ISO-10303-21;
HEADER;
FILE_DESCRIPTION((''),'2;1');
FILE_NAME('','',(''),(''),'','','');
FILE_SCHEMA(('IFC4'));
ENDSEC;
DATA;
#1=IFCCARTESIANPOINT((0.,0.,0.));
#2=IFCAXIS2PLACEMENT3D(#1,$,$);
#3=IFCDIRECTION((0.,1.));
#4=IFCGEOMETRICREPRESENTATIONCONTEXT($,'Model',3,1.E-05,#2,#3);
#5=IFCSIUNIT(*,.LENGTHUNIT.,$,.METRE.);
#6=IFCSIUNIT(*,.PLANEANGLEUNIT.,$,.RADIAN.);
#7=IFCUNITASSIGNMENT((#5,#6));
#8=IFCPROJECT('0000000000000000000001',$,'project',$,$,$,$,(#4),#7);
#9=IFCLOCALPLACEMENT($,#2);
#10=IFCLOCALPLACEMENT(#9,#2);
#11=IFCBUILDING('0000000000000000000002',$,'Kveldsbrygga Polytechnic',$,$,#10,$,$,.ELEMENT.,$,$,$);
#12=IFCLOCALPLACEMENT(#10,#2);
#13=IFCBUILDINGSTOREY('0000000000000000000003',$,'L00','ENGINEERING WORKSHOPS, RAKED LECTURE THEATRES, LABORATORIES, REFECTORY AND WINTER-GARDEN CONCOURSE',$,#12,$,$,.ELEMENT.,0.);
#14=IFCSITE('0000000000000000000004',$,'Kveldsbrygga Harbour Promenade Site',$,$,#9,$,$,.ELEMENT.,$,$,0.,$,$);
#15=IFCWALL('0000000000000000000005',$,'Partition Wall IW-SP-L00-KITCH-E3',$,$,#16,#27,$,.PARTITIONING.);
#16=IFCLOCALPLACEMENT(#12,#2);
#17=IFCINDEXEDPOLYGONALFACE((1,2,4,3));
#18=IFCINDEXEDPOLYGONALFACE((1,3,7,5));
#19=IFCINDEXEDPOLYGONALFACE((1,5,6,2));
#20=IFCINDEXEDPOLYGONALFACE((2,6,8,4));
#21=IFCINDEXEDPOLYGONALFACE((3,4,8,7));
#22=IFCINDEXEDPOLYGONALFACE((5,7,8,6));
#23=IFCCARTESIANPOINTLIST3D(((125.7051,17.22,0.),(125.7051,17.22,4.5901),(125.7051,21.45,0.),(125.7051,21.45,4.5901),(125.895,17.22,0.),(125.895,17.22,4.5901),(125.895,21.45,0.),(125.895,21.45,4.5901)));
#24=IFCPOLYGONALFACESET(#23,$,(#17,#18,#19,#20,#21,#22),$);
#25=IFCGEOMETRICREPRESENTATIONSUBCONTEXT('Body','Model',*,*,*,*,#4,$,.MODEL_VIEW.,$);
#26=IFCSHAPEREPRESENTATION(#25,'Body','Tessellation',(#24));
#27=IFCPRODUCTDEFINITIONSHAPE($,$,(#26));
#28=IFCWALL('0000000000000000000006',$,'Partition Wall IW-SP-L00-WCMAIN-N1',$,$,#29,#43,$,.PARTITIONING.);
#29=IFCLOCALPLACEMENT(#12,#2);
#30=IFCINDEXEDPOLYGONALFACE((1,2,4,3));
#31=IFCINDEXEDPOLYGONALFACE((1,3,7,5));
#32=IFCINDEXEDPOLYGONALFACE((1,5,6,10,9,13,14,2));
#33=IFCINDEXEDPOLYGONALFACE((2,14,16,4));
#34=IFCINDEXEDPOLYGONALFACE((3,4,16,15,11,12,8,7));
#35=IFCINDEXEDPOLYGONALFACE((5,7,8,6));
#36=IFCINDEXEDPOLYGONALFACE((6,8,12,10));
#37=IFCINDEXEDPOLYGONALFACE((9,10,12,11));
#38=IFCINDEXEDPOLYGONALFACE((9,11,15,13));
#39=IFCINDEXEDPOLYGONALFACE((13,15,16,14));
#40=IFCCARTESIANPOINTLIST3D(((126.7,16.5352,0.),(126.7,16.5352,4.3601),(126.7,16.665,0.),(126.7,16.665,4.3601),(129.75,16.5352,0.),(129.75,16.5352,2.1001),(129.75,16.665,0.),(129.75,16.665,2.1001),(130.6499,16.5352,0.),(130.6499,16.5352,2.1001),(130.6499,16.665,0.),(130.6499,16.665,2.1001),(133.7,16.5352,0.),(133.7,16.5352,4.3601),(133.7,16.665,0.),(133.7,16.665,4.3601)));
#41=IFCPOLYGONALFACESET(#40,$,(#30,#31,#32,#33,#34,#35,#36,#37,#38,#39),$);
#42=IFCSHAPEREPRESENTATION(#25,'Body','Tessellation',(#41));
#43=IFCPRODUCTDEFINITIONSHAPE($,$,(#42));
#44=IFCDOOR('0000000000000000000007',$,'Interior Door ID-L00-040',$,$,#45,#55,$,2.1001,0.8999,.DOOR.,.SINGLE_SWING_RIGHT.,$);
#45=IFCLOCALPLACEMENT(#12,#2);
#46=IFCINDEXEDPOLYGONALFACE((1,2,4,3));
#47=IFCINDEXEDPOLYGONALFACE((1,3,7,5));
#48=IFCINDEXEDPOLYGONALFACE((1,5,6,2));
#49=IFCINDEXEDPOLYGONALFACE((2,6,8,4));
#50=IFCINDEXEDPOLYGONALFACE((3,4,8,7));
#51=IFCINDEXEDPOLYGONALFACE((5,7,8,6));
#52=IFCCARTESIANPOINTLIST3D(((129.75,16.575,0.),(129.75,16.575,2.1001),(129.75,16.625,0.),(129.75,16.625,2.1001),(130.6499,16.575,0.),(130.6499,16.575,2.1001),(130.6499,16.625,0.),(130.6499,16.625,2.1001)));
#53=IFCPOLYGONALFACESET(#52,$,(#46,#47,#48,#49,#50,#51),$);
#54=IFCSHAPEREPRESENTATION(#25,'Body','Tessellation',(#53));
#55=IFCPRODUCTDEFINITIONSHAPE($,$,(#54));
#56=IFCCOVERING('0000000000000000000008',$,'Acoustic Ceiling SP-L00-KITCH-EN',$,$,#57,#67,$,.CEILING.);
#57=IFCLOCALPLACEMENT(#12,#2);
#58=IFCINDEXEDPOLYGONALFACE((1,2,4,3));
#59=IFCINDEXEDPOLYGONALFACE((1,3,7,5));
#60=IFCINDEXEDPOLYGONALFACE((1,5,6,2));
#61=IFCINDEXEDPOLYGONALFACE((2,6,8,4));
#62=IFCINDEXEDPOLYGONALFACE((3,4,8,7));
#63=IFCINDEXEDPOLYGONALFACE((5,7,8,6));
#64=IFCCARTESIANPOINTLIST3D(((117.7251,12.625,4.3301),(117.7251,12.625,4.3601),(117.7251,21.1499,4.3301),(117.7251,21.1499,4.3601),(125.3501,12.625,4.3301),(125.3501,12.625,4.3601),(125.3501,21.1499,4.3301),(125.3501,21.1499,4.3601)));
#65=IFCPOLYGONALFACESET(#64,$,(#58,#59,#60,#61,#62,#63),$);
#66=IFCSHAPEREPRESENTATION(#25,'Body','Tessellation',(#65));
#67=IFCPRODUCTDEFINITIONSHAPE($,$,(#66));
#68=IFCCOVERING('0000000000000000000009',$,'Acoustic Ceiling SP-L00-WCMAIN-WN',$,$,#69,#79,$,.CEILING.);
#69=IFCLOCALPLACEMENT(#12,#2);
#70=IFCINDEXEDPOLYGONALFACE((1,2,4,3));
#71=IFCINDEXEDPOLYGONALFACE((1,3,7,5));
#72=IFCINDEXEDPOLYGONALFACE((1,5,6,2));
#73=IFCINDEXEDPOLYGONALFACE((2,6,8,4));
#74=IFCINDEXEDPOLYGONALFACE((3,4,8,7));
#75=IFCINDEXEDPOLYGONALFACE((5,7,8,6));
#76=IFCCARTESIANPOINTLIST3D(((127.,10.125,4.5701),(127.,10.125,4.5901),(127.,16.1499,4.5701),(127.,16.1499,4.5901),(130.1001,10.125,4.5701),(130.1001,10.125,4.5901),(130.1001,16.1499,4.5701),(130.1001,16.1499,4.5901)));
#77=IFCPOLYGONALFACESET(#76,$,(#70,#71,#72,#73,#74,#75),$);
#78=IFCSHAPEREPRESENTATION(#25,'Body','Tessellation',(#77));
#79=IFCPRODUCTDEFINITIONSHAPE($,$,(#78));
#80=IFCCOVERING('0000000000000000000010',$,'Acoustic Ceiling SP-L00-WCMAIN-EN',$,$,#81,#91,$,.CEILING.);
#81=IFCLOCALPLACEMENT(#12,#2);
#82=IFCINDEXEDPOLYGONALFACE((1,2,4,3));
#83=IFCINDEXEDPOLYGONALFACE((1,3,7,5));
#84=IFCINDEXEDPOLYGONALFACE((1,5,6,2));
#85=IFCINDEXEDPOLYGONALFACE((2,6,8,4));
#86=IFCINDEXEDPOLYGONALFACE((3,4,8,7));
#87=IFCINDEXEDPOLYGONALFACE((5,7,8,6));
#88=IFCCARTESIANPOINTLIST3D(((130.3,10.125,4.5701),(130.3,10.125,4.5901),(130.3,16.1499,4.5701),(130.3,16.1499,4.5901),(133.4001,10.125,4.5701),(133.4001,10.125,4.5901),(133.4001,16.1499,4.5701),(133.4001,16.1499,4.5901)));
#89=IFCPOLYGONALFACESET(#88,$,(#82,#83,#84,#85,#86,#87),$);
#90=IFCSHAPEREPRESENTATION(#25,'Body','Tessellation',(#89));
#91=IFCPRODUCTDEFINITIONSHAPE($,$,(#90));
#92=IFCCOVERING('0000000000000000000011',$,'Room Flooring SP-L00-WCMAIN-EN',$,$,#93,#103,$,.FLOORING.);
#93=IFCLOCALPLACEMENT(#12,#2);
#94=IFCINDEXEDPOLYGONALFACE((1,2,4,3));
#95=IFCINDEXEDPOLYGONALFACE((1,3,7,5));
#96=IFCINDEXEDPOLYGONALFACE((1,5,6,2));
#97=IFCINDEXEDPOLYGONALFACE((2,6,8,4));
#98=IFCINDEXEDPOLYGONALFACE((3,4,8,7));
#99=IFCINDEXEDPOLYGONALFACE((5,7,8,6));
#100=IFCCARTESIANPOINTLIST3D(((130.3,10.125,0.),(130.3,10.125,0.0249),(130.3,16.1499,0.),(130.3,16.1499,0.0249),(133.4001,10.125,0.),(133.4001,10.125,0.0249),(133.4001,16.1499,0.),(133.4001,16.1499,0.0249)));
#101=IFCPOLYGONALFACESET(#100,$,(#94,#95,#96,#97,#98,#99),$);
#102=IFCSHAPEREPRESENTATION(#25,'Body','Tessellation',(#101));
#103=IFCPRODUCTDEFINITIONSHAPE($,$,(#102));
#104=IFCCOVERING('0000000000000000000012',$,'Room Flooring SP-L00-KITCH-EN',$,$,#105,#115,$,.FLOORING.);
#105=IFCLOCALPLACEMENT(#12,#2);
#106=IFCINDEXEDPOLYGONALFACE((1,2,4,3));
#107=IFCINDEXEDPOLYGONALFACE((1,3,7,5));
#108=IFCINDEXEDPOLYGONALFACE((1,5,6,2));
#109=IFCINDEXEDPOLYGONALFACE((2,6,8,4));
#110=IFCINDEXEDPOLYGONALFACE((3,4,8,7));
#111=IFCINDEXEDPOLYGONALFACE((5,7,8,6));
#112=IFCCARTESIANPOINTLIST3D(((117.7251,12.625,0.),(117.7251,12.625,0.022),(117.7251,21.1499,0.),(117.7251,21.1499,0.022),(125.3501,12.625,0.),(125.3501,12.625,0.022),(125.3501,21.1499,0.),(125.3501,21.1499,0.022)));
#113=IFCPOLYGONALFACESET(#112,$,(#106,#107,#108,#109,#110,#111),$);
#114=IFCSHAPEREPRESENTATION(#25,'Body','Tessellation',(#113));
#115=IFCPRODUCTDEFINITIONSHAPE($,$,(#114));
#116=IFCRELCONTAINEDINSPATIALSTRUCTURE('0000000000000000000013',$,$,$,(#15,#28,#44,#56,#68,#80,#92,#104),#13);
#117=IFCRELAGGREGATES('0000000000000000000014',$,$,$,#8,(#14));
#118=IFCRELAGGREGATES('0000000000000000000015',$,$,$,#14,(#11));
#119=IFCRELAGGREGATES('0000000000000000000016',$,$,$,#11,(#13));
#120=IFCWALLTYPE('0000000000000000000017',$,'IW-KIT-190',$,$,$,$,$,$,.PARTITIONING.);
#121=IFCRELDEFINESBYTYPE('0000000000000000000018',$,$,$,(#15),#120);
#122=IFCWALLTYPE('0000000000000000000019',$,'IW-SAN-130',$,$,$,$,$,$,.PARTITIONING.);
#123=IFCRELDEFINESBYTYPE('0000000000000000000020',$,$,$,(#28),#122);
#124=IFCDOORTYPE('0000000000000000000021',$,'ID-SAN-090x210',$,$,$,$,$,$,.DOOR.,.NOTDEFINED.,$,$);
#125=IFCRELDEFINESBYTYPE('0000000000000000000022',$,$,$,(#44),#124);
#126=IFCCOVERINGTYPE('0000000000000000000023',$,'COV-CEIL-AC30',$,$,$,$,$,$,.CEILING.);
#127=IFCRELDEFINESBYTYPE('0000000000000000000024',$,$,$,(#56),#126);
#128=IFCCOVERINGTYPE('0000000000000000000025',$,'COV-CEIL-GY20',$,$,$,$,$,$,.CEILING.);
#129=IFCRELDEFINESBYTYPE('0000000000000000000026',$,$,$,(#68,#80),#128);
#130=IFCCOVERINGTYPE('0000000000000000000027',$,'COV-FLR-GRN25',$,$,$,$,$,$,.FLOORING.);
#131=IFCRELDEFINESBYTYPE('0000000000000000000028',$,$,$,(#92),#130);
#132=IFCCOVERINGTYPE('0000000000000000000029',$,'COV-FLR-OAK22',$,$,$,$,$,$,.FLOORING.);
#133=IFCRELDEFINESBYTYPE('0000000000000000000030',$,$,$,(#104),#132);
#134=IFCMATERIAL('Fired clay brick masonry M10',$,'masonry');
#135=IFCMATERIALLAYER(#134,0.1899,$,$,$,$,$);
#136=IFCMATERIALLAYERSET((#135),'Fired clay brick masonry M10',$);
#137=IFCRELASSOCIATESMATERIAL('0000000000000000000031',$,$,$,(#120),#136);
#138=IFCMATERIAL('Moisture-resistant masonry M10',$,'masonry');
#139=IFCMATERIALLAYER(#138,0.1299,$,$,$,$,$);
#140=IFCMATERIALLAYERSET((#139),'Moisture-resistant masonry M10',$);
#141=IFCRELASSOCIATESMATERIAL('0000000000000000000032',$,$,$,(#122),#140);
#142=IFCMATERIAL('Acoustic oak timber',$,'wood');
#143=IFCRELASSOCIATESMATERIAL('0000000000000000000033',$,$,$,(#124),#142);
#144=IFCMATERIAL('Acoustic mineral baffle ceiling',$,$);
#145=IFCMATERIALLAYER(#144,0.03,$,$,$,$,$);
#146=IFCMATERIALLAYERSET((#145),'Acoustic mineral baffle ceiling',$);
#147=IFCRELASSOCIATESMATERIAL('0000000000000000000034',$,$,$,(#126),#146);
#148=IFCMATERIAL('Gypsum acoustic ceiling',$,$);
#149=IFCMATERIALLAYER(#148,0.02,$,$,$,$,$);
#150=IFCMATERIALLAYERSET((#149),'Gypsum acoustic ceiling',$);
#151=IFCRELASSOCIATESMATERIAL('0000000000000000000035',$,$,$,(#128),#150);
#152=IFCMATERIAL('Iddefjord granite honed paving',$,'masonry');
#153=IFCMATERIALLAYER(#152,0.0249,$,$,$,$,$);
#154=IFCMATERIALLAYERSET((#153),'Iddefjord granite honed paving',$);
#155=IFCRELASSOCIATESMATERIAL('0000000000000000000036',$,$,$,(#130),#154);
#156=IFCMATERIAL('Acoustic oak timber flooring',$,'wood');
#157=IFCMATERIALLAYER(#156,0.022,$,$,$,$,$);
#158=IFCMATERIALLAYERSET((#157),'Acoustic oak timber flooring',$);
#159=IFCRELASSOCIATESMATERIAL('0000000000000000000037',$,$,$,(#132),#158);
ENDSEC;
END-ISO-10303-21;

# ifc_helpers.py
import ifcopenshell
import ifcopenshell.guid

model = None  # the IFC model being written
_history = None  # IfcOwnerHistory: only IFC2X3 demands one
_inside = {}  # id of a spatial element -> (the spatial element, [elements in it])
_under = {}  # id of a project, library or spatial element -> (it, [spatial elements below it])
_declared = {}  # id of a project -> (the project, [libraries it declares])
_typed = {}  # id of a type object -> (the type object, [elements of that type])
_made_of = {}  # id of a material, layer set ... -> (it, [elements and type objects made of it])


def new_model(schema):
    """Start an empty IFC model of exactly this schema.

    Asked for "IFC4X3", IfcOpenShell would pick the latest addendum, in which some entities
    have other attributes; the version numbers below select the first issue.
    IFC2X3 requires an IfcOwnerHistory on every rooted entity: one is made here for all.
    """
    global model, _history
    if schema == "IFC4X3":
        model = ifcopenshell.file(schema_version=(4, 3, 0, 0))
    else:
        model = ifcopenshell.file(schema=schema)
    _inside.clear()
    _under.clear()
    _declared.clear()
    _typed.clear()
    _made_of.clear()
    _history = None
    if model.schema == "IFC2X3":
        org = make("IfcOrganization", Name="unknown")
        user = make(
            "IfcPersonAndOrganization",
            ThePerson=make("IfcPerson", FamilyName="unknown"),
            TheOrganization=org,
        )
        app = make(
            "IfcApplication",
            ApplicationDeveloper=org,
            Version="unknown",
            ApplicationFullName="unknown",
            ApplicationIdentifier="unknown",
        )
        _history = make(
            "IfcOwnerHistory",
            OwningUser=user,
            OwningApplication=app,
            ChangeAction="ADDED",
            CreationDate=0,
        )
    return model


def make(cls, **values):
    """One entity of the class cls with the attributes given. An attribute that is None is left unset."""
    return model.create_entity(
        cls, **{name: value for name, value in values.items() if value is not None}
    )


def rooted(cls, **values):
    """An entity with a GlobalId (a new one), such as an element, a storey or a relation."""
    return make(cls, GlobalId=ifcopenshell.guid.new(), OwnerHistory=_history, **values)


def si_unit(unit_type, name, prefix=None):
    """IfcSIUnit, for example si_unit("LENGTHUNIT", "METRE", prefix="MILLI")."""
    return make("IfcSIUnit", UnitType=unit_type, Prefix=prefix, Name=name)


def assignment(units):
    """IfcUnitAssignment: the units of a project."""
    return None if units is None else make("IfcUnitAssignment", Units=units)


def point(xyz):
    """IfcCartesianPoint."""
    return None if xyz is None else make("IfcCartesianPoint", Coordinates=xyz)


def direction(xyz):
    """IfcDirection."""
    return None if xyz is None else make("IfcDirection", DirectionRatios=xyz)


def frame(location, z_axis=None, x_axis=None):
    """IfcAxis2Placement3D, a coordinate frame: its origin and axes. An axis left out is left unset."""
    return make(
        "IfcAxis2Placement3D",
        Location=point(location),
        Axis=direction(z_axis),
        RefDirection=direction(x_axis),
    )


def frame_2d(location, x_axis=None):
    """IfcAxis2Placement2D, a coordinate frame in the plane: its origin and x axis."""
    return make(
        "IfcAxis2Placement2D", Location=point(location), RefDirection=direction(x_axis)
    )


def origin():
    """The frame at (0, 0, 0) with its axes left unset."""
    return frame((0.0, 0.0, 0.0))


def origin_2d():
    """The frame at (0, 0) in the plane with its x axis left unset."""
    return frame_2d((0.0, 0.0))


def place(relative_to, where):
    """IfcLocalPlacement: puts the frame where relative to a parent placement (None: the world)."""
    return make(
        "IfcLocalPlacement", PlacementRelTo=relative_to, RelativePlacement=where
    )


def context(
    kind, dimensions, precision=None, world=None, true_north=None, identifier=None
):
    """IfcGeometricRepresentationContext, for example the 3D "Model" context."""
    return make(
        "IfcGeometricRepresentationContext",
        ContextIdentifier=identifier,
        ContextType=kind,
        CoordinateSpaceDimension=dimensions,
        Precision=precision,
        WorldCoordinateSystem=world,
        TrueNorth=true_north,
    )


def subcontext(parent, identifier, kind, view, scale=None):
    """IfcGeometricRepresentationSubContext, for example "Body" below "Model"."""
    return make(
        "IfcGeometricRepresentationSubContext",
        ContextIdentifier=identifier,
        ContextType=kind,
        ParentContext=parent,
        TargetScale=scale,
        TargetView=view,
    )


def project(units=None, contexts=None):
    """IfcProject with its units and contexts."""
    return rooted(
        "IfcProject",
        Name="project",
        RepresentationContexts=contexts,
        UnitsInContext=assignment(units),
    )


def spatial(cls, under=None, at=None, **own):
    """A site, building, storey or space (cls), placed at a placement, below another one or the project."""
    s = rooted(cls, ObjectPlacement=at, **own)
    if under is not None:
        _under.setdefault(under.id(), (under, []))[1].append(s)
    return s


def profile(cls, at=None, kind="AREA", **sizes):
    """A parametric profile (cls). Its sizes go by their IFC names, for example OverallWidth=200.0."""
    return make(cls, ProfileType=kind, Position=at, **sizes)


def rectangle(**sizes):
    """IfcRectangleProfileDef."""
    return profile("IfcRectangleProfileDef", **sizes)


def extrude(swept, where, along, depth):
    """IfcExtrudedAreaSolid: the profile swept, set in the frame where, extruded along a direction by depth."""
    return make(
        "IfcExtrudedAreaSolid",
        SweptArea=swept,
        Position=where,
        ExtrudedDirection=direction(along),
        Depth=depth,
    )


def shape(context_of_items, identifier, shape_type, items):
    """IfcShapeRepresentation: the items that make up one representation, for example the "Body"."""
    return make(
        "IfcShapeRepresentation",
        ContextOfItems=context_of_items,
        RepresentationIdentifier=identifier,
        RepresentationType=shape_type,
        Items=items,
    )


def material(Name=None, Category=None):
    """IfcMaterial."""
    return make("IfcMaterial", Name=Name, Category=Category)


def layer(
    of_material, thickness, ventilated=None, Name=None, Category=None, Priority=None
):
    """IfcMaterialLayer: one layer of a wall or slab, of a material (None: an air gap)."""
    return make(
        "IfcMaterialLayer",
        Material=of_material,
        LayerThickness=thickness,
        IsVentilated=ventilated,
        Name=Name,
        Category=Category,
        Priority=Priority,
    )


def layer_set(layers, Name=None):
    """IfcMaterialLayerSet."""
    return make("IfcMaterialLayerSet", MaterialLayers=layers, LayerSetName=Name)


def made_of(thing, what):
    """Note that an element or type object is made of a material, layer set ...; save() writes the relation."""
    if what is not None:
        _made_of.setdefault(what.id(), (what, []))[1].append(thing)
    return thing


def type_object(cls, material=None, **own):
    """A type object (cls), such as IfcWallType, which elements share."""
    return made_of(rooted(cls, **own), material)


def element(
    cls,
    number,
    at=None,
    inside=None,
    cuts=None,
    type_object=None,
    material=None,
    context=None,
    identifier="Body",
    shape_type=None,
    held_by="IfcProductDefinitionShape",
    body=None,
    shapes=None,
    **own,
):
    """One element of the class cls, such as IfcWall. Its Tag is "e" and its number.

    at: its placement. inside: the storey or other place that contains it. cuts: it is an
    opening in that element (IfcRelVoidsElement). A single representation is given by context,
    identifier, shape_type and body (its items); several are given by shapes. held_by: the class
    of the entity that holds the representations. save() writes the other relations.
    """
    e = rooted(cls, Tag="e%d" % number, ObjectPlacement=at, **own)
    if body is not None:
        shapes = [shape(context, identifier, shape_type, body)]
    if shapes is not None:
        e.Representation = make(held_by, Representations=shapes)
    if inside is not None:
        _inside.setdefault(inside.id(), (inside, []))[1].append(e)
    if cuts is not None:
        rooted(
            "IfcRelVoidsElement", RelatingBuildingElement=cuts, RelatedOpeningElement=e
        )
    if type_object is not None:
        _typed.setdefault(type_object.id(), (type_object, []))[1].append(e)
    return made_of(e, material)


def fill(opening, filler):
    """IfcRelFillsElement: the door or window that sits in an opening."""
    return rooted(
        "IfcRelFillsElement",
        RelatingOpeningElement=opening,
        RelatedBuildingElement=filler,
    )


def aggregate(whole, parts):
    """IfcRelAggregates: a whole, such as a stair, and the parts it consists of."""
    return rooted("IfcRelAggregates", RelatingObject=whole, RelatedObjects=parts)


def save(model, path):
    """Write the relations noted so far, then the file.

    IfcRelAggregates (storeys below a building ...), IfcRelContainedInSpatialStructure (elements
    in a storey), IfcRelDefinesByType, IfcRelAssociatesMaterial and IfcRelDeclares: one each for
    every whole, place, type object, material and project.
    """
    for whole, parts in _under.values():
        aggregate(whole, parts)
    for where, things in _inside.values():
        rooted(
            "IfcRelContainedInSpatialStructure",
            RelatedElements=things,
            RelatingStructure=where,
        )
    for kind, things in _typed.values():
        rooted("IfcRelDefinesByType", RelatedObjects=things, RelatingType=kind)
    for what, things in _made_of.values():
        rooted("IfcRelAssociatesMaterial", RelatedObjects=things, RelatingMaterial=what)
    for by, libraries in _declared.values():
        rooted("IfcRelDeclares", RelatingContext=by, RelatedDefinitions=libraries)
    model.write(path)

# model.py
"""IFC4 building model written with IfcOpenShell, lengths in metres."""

from ifc_helpers import new_model, si_unit, direction, frame, frame_2d, origin, origin_2d, place, context, subcontext, project, spatial, rectangle, extrude, material, layer, layer_set, type_object, element, fill, save


model = new_model("IFC4")

# Units and contexts
model_context = context("Model", 3, precision=1e-05, world=origin(), true_north=direction((0.0, 1.0)))
body_context = subcontext(model_context, "Body", "Model", "MODEL_VIEW")
ifc_project = project(units=[si_unit("LENGTHUNIT", "METRE"), si_unit("PLANEANGLEUNIT", "RADIAN")], contexts=[model_context])

# Site, building, storey
site_placement = place(None, origin())
site = spatial("IfcSite", under=ifc_project, at=site_placement, Name="Kveldsbrygga Harbour Promenade Site", CompositionType="ELEMENT", RefElevation=0.0)
building_placement = place(site_placement, origin())
building = spatial("IfcBuilding", under=site, at=building_placement, Name="Kveldsbrygga Polytechnic", CompositionType="ELEMENT")
storey_placement = place(building_placement, origin())
storey = spatial("IfcBuildingStorey", under=building, at=storey_placement, Name="L00", Description="ENGINEERING WORKSHOPS, RAKED LECTURE THEATRES, LABORATORIES, REFECTORY AND WINTER-GARDEN CONCOURSE", CompositionType="ELEMENT", Elevation=0.0)

# Wall
ifc_material_1 = material(Name="Fired clay brick masonry M10", Category="masonry")
ifc_layer_1 = layer(ifc_material_1, 0.1899)
ifc_layer_set_1 = layer_set([ifc_layer_1], Name="Fired clay brick masonry M10")
wall_type_1 = type_object("IfcWallType", Name="IW-KIT-190", PredefinedType="PARTITIONING", material=ifc_layer_set_1)
wall_1_placement = place(storey_placement, frame((125.8, 17.22, 0.0), z_axis=(0.0, 0.0, 1.0), x_axis=(0.0, 1.0, 0.0)))
element("IfcWall", 1, at=wall_1_placement, inside=storey, type_object=wall_type_1, Name="Partition Wall IW-SP-L00-KITCH-E3", PredefinedType="PARTITIONING", context=body_context, shape_type="SweptSolid", body=[
    extrude(rectangle(XDim=4.23, YDim=0.1899, at=frame_2d((2.115, 0.0))), origin(), (0.0, 0.0, 1.0), 4.5901),
])

# Wall, opening, door
ifc_material_2 = material(Name="Moisture-resistant masonry M10", Category="masonry")
ifc_layer_2 = layer(ifc_material_2, 0.1299)
ifc_layer_set_2 = layer_set([ifc_layer_2], Name="Moisture-resistant masonry M10")
wall_type_2 = type_object("IfcWallType", Name="IW-SAN-130", PredefinedType="PARTITIONING", material=ifc_layer_set_2)
wall_2_placement = place(storey_placement, frame((126.7, 16.6001, 0.0), z_axis=(0.0, 0.0, 1.0), x_axis=(1.0, 0.0, 0.0)))
wall_2 = element("IfcWall", 2, at=wall_2_placement, inside=storey, type_object=wall_type_2, Name="Partition Wall IW-SP-L00-WCMAIN-N1", PredefinedType="PARTITIONING", context=body_context, shape_type="SweptSolid", body=[
    extrude(rectangle(XDim=7.0, YDim=0.1299, at=frame_2d((3.5, 0.0))), origin(), (0.0, 0.0, 1.0), 4.3601),
])
opening_placement = place(wall_2_placement, frame((3.05, 0.0, 0.0)))
opening = element("IfcOpeningElement", 3, at=opening_placement, cuts=wall_2, PredefinedType="OPENING", context=body_context, shape_type="SweptSolid", body=[
    extrude(rectangle(XDim=0.8999, YDim=2.1001, at=frame_2d((0.45, 1.05))), frame((0.0, 0.075, 0.0), z_axis=(0.0, -1.0, 0.0), x_axis=(1.0, 0.0, 0.0)), (0.0, 0.0, 1.0), 0.1499),
])
ifc_material_3 = material(Name="Acoustic oak timber", Category="wood")
door_type = type_object("IfcDoorType", Name="ID-SAN-090x210", OperationType="NOTDEFINED", PredefinedType="DOOR", material=ifc_material_3)
door_placement = place(opening_placement, origin())
door = element("IfcDoor", 4, at=door_placement, inside=storey, type_object=door_type, Name="Interior Door ID-L00-040", OperationType="SINGLE_SWING_RIGHT", OverallHeight=2.1001, OverallWidth=0.8999, PredefinedType="DOOR", context=body_context, shape_type="SweptSolid", body=[
    extrude(rectangle(XDim=0.8999, YDim=2.1001, at=frame_2d((0.45, 1.05))), frame((0.0, 0.0249, 0.0), z_axis=(0.0, -1.0, 0.0), x_axis=(1.0, 0.0, 0.0)), (0.0, 0.0, 1.0), 0.05),
])
fill(opening, door)

# Coverings
ifc_material_4 = material(Name="Acoustic mineral baffle ceiling")
ifc_layer_3 = layer(ifc_material_4, 0.03)
ifc_layer_set_3 = layer_set([ifc_layer_3], Name="Acoustic mineral baffle ceiling")
covering_type_1 = type_object("IfcCoveringType", Name="COV-CEIL-AC30", PredefinedType="CEILING", material=ifc_layer_set_3)
covering_1_placement = place(storey_placement, frame((121.5376, 16.8875, 4.3301), z_axis=(0.0, 0.0, 1.0), x_axis=(1.0, 0.0, 0.0)))
element("IfcCovering", 5, at=covering_1_placement, inside=storey, type_object=covering_type_1, Name="Acoustic Ceiling SP-L00-KITCH-EN", PredefinedType="CEILING", context=body_context, shape_type="SweptSolid", body=[
    extrude(rectangle(XDim=7.625, YDim=8.5249, at=origin_2d()), origin(), (0.0, 0.0, 1.0), 0.03),
])
ifc_material_5 = material(Name="Gypsum acoustic ceiling")
ifc_layer_4 = layer(ifc_material_5, 0.02)
ifc_layer_set_4 = layer_set([ifc_layer_4], Name="Gypsum acoustic ceiling")
covering_type_2 = type_object("IfcCoveringType", Name="COV-CEIL-GY20", PredefinedType="CEILING", material=ifc_layer_set_4)
for number, where, z_axis, x_axis, name in (
    (6, (128.55, 13.1375, 4.5701), (0.0, 0.0, 1.0), (1.0, 0.0, 0.0), "Acoustic Ceiling SP-L00-WCMAIN-WN"),
    (7, (131.8501, 13.1375, 4.5701), (0.0, 0.0, 1.0), (1.0, 0.0, 0.0), "Acoustic Ceiling SP-L00-WCMAIN-EN"),
):
    element("IfcCovering", number, at=place(storey_placement, frame(where, z_axis=z_axis, x_axis=x_axis)), inside=storey, type_object=covering_type_2, Name=name, PredefinedType="CEILING", context=body_context, shape_type="SweptSolid", body=[
        extrude(rectangle(XDim=3.1001, YDim=6.0249, at=origin_2d()), origin(), (0.0, 0.0, 1.0), 0.02),
    ])
ifc_material_6 = material(Name="Iddefjord granite honed paving", Category="masonry")
ifc_layer_5 = layer(ifc_material_6, 0.0249)
ifc_layer_set_5 = layer_set([ifc_layer_5], Name="Iddefjord granite honed paving")
covering_type_3 = type_object("IfcCoveringType", Name="COV-FLR-GRN25", PredefinedType="FLOORING", material=ifc_layer_set_5)
covering_2_placement = place(storey_placement, frame((131.8501, 13.1375, 0.0), z_axis=(0.0, 0.0, 1.0), x_axis=(1.0, 0.0, 0.0)))
element("IfcCovering", 8, at=covering_2_placement, inside=storey, type_object=covering_type_3, Name="Room Flooring SP-L00-WCMAIN-EN", PredefinedType="FLOORING", context=body_context, shape_type="SweptSolid", body=[
    extrude(rectangle(XDim=3.1001, YDim=6.0249, at=origin_2d()), origin(), (0.0, 0.0, 1.0), 0.0249),
])
ifc_material_7 = material(Name="Acoustic oak timber flooring", Category="wood")
ifc_layer_6 = layer(ifc_material_7, 0.022)
ifc_layer_set_6 = layer_set([ifc_layer_6], Name="Acoustic oak timber flooring")
covering_type_4 = type_object("IfcCoveringType", Name="COV-FLR-OAK22", PredefinedType="FLOORING", material=ifc_layer_set_6)
covering_3_placement = place(storey_placement, frame((121.5376, 16.8875, 0.0), z_axis=(0.0, 0.0, 1.0), x_axis=(1.0, 0.0, 0.0)))
element("IfcCovering", 9, at=covering_3_placement, inside=storey, type_object=covering_type_4, Name="Room Flooring SP-L00-KITCH-EN", PredefinedType="FLOORING", context=body_context, shape_type="SweptSolid", body=[
    extrude(rectangle(XDim=7.625, YDim=8.5249, at=origin_2d()), origin(), (0.0, 0.0, 1.0), 0.022),
])

save(model, "model.ifc")
